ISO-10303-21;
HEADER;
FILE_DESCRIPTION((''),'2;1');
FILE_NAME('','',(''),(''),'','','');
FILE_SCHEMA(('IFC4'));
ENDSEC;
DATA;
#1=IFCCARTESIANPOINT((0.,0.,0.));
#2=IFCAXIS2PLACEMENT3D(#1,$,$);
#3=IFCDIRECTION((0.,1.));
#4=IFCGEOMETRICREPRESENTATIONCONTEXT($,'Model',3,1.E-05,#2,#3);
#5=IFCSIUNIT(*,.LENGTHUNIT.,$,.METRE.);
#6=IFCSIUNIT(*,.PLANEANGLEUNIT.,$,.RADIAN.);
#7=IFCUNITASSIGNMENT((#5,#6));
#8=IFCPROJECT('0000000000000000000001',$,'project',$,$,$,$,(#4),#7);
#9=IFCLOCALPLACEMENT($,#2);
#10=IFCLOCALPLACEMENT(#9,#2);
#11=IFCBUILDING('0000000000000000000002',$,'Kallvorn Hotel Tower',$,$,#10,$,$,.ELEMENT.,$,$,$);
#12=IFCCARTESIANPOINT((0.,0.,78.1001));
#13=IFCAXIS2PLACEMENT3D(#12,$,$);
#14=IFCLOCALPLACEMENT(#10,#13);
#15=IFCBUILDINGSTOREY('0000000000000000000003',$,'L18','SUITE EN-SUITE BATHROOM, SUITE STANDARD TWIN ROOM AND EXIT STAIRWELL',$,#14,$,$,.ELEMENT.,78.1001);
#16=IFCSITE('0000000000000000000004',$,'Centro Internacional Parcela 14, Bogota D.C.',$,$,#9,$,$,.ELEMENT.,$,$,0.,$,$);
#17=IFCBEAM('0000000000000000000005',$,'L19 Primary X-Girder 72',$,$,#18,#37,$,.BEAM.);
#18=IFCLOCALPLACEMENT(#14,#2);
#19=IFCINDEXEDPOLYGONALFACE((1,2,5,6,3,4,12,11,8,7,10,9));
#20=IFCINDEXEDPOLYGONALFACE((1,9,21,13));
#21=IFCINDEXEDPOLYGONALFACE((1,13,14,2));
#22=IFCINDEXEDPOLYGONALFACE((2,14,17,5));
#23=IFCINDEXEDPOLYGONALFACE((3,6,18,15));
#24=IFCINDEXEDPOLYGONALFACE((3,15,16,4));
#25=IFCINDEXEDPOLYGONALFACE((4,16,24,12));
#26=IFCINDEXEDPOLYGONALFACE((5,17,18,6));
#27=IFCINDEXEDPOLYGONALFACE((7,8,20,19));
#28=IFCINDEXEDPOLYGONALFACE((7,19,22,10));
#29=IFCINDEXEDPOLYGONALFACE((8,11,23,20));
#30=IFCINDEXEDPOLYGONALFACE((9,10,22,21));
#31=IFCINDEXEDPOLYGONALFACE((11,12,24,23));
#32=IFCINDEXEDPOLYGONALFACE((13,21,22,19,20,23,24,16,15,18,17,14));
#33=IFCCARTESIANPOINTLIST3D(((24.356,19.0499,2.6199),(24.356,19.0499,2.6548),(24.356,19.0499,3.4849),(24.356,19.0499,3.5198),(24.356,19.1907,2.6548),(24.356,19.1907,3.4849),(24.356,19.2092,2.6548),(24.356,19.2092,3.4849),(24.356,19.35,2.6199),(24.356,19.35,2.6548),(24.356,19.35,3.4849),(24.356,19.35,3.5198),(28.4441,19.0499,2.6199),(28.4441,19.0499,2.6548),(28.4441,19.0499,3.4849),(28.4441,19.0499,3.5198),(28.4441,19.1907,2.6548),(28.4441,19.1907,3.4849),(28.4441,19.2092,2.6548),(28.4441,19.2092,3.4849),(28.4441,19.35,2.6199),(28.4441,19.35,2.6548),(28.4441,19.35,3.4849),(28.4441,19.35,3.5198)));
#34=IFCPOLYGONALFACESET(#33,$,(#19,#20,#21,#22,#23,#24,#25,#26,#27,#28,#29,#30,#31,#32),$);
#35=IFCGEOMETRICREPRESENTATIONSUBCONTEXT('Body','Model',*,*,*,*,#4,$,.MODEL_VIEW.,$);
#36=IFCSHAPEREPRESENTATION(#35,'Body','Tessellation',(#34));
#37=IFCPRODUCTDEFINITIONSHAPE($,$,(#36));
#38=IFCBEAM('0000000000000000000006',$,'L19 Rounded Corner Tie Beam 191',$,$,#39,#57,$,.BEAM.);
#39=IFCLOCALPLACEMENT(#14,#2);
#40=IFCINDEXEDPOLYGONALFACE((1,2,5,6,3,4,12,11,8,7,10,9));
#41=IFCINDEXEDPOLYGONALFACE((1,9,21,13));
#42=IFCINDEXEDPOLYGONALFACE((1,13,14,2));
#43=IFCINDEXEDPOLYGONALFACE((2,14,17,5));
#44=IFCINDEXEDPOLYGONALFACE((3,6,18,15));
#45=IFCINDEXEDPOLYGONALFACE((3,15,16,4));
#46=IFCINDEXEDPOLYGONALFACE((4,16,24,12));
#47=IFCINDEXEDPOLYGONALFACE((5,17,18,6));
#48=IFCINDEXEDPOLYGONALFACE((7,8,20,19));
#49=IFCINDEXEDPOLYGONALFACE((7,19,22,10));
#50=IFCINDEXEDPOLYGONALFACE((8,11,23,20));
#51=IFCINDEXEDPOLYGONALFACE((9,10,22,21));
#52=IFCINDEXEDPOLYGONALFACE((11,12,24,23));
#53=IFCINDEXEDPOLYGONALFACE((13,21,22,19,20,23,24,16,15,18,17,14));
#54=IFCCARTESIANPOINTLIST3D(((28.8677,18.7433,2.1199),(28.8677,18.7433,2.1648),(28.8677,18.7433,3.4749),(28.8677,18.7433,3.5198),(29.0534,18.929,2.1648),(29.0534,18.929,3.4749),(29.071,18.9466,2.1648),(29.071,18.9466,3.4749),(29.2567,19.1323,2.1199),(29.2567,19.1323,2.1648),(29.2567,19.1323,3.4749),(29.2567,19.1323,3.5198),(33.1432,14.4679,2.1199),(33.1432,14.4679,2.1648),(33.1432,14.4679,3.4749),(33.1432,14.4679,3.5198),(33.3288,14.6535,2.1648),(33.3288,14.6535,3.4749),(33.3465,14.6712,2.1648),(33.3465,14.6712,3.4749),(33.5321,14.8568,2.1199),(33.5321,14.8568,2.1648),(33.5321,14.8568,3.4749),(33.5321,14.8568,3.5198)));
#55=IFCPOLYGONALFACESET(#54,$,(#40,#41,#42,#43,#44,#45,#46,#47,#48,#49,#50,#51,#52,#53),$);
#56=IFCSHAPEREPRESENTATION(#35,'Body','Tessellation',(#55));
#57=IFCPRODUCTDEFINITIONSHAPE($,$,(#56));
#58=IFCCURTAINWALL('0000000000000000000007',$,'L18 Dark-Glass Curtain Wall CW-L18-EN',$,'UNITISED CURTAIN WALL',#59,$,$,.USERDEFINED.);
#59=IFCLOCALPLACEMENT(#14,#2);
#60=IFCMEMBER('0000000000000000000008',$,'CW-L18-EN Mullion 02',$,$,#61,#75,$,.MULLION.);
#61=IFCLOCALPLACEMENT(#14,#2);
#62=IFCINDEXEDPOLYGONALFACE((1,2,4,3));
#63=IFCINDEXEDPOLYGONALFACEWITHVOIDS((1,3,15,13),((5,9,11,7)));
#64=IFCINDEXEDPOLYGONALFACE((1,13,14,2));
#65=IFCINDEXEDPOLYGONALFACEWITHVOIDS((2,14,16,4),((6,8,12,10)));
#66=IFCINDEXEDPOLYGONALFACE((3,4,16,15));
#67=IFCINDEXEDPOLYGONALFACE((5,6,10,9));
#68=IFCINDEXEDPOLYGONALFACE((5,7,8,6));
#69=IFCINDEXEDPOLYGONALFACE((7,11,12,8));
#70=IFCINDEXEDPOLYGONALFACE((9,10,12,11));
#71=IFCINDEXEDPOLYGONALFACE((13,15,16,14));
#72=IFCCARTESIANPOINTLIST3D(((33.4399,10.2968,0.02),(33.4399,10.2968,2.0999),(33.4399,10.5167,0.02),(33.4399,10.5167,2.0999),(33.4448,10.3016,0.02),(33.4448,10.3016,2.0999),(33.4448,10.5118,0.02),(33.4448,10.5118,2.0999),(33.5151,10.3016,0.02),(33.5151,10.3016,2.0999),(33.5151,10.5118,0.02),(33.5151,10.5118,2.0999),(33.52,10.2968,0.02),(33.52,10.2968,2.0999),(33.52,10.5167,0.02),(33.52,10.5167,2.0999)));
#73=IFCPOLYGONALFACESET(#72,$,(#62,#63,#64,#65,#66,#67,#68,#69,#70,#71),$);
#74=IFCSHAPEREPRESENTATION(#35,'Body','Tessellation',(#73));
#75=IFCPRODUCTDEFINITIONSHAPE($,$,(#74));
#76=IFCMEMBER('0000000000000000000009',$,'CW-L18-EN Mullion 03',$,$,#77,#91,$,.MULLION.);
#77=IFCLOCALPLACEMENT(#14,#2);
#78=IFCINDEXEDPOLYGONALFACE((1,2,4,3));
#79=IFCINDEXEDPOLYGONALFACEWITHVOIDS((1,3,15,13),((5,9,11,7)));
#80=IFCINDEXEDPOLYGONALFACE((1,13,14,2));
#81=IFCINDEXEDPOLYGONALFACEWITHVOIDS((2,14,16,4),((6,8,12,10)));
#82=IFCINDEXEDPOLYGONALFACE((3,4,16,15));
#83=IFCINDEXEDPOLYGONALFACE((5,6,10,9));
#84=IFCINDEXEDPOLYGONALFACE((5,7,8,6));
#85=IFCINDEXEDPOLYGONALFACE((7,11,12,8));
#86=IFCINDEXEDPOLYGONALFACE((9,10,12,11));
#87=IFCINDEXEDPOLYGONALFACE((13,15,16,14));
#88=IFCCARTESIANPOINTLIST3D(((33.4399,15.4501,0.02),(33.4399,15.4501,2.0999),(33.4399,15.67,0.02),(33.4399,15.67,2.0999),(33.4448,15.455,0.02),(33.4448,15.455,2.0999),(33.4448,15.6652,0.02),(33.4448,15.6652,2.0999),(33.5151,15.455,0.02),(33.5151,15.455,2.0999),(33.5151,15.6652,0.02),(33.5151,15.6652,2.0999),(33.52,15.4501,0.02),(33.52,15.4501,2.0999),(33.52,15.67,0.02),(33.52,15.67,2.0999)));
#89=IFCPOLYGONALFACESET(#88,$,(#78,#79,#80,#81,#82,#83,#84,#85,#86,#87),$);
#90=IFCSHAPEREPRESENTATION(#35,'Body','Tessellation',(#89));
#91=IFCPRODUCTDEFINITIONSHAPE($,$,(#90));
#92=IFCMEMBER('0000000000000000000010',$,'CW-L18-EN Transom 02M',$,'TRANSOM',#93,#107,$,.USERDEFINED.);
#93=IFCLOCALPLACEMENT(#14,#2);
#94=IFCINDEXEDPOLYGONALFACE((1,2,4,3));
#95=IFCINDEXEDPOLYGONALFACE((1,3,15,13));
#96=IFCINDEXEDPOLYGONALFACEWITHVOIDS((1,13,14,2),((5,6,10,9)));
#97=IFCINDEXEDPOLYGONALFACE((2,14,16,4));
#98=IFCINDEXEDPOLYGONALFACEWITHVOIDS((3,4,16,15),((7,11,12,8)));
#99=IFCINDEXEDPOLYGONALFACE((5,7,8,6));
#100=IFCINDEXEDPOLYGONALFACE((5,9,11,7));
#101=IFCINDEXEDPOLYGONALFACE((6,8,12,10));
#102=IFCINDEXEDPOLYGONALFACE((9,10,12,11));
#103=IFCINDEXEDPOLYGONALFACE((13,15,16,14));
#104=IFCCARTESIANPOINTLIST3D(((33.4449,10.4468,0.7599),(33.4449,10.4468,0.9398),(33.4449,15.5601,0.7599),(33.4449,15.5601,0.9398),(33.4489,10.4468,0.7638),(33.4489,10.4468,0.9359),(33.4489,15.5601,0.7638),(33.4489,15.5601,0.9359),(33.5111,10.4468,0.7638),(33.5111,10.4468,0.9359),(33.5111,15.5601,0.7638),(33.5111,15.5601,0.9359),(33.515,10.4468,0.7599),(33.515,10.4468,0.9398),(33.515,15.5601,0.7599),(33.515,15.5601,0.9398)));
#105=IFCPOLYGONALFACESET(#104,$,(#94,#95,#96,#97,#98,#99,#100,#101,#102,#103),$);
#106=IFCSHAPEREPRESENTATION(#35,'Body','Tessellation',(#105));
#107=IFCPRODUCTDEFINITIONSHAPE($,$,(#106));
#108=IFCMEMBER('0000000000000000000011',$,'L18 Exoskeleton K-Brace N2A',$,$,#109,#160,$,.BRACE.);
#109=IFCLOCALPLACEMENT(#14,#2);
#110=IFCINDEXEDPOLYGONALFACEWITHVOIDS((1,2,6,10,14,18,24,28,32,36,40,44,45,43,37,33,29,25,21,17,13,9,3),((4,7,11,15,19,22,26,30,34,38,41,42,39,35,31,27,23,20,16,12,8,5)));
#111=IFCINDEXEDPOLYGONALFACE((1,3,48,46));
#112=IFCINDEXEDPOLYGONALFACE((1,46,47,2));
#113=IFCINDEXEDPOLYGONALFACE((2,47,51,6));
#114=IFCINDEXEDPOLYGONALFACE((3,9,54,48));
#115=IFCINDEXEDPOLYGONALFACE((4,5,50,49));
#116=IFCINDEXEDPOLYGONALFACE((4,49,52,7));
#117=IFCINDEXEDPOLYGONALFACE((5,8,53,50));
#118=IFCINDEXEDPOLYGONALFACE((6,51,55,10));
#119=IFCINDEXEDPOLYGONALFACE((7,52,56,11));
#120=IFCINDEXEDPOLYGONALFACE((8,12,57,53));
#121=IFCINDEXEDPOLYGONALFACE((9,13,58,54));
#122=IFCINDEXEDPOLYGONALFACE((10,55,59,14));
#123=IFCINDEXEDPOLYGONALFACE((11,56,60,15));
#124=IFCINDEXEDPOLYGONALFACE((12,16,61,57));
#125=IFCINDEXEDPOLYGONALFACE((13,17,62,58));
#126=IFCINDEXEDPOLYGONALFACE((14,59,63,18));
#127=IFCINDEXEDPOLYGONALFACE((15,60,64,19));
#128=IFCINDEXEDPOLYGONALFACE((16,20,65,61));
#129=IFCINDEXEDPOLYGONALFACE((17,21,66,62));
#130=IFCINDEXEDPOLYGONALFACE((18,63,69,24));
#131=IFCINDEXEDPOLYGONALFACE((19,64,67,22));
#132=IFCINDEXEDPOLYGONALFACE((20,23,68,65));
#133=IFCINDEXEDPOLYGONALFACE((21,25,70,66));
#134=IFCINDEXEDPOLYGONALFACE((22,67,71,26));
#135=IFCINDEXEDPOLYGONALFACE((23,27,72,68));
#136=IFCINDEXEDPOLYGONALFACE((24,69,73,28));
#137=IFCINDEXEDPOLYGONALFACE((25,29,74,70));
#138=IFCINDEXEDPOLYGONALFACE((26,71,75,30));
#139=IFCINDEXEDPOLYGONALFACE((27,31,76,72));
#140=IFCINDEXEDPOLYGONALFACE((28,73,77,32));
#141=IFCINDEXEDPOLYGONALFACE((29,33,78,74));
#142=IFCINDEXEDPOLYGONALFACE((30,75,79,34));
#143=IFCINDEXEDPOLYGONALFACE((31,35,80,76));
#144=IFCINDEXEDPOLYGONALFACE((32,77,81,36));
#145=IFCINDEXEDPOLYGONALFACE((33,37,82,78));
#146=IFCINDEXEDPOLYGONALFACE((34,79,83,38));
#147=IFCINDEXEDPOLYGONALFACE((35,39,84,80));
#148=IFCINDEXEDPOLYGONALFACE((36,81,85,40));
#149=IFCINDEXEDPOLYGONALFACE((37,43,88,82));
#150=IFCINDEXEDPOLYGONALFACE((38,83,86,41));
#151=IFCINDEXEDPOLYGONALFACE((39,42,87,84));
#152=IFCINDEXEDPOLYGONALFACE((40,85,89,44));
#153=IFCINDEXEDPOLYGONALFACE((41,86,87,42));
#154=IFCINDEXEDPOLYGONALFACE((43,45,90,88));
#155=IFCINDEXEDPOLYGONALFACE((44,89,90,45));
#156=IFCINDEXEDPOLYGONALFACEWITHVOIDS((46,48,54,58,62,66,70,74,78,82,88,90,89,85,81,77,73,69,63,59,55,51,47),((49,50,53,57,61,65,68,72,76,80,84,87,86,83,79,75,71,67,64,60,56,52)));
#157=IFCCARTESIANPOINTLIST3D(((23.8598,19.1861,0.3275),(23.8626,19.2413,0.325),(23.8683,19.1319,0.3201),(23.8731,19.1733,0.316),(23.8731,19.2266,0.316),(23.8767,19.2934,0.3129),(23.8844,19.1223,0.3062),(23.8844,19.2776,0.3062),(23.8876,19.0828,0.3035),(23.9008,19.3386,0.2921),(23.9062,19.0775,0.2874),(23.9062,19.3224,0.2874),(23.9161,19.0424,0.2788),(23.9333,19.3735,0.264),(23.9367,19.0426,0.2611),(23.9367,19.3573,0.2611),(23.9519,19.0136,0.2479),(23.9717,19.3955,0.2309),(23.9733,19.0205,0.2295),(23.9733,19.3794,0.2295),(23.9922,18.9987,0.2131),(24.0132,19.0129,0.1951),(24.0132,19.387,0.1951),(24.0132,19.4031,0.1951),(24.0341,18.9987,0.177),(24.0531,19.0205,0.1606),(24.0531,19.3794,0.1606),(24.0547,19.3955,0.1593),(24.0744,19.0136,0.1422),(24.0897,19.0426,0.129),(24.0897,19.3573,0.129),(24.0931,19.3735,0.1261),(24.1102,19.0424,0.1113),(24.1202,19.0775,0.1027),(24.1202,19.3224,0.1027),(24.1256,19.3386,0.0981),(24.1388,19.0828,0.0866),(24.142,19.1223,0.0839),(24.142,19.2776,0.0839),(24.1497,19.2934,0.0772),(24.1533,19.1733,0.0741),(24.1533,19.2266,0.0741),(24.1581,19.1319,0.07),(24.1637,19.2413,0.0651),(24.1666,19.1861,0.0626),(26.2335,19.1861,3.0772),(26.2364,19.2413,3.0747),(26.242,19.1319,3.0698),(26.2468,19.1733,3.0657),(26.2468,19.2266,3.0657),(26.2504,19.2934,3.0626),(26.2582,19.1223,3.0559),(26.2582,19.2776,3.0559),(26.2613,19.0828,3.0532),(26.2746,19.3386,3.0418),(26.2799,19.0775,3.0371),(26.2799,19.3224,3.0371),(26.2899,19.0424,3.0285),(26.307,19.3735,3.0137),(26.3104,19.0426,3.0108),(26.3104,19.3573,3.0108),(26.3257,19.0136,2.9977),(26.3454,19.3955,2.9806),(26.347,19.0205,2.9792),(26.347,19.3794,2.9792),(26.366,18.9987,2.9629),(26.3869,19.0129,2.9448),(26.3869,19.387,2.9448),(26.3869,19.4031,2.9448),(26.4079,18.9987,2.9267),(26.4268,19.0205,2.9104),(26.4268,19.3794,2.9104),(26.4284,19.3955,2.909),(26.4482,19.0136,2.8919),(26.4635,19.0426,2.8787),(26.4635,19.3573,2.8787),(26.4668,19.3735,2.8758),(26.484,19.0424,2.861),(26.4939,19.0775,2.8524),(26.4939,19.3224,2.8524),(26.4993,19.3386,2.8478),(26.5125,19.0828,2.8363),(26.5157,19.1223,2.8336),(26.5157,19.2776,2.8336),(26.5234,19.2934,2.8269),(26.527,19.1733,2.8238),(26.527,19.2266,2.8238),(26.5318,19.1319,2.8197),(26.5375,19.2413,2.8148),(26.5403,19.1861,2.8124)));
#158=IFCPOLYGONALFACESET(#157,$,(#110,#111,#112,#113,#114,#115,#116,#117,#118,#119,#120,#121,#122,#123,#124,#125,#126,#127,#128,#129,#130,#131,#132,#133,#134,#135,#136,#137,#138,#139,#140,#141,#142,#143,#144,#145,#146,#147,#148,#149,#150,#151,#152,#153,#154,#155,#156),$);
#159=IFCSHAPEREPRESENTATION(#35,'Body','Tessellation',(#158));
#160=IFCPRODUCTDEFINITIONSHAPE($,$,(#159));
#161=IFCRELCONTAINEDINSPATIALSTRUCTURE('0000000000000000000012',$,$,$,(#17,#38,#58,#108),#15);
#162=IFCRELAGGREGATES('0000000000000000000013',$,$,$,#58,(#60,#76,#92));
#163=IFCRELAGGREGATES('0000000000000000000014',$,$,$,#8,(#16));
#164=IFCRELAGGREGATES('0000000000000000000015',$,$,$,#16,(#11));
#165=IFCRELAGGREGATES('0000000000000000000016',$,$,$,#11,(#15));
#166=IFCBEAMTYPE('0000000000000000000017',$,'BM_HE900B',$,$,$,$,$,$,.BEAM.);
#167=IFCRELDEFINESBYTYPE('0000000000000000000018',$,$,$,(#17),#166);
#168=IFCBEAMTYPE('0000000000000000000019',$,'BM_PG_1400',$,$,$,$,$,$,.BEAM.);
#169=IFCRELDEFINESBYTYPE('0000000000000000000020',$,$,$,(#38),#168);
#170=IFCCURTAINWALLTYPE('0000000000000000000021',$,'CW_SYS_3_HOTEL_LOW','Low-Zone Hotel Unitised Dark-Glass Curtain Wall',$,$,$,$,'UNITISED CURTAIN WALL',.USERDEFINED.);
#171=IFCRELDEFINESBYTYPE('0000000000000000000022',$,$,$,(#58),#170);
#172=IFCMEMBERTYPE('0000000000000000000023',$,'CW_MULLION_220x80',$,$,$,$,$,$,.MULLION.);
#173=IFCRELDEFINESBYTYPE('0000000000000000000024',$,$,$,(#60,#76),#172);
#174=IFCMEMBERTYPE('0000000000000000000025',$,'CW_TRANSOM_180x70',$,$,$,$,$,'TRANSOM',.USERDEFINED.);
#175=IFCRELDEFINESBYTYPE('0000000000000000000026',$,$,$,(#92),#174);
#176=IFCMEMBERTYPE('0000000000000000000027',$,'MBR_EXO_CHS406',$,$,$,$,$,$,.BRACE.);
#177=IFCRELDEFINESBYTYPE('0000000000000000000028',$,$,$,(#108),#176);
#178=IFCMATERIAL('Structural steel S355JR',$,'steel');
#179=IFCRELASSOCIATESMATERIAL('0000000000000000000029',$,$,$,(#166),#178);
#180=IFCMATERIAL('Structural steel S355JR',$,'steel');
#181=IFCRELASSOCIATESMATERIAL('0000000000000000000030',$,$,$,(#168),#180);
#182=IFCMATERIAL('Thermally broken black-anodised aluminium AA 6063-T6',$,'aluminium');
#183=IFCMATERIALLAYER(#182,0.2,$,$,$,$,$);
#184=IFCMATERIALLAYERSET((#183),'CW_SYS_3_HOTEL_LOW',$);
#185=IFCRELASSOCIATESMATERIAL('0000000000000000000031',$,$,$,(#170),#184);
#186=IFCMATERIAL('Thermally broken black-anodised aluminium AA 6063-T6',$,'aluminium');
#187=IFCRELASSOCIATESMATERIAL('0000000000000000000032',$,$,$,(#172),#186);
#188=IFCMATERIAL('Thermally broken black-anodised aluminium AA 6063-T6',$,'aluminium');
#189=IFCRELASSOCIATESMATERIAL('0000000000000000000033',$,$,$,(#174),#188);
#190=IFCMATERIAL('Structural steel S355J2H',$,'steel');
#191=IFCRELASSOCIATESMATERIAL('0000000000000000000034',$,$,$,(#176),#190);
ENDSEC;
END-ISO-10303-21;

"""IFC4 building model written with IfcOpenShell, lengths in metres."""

from ifc_helpers import new_model, si_unit, direction, frame, origin, origin_2d, place, context, subcontext, project, spatial, hollow_rectangle, hollow_circle, i_section, extrude, material, layer, layer_set, material_profile, profile_set, type_object, element, aggregate, save


model = new_model("IFC4")

# Units and contexts
model_context = context("Model", 3, precision=1e-05, world=origin(), true_north=direction((0.0, 1.0)))
body_context = subcontext(model_context, "Body", "Model", "MODEL_VIEW")
ifc_project = project(units=[si_unit("LENGTHUNIT", "METRE"), si_unit("PLANEANGLEUNIT", "RADIAN")], contexts=[model_context])

# Site, building, storey
site_placement = place(None, origin())
site = spatial("IfcSite", under=ifc_project, at=site_placement, Name="Centro Internacional Parcela 14, Bogota D.C.", CompositionType="ELEMENT", RefElevation=0.0)
building_placement = place(site_placement, origin())
building = spatial("IfcBuilding", under=site, at=building_placement, Name="Kallvorn Hotel Tower", CompositionType="ELEMENT")
storey_placement = place(building_placement, frame((0.0, 0.0, 78.1001)))
storey = spatial("IfcBuildingStorey", under=building, at=storey_placement, Name="L18", Description="SUITE EN-SUITE BATHROOM, SUITE STANDARD TWIN ROOM AND EXIT STAIRWELL", CompositionType="ELEMENT", Elevation=78.1001)

# Beams
ifc_material_1 = material(Name="Structural steel S355JR", Category="steel")
ifc_material_profile_1 = material_profile(ifc_material_1, i_section(OverallWidth=0.3, OverallDepth=0.8999, WebThickness=0.0186, FlangeThickness=0.0349, at=origin_2d()), Name="HE 900 B")
ifc_profile_set_1 = profile_set([ifc_material_profile_1], Name="Structural steel S355JR")
beam_type_1 = type_object("IfcBeamType", Name="BM_HE900B", PredefinedType="BEAM", material=ifc_profile_set_1)
for number, where, z_axis, x_axis, name in (
    (1, (24.356, 19.2, 3.0698), (1.0, 0.0, 0.0), (0.0, 1.0, 0.0), "L19 Primary X-Girder 72"),
):
    element("IfcBeam", number, at=place(storey_placement, frame(where, z_axis=z_axis, x_axis=x_axis)), inside=storey, type_object=beam_type_1, Name=name, PredefinedType="BEAM", context=body_context, shape_type="SweptSolid", body=[
        extrude(i_section(OverallWidth=0.3, OverallDepth=0.8999, WebThickness=0.0186, FlangeThickness=0.0349, at=origin_2d()), origin(), (0.0, 0.0, 1.0), 4.0881),
    ])
ifc_material_2 = material(Name="Structural steel S355JR", Category="steel")
ifc_material_profile_2 = material_profile(ifc_material_2, i_section(OverallWidth=0.55, OverallDepth=1.3999, WebThickness=0.0249, FlangeThickness=0.0449, at=origin_2d()), Name="PG 1400x550x25x45")
ifc_profile_set_2 = profile_set([ifc_material_profile_2], Name="Structural steel S355JR")
beam_type_2 = type_object("IfcBeamType", Name="BM_PG_1400", PredefinedType="BEAM", material=ifc_profile_set_2)
beam_1_placement = place(storey_placement, frame((33.3376, 14.6624, 2.8198), z_axis=(-0.707107, 0.707107, 0.0), x_axis=(-0.707107, -0.707107, 0.0)))
element("IfcBeam", 2, at=beam_1_placement, inside=storey, type_object=beam_type_2, Name="L19 Rounded Corner Tie Beam 191", PredefinedType="BEAM", context=body_context, shape_type="SweptSolid", body=[
    extrude(i_section(OverallWidth=0.55, OverallDepth=1.3999, WebThickness=0.0249, FlangeThickness=0.0449, at=origin_2d()), origin(), (0.0, 0.0, 1.0), 6.0464),
])

# Curtain wall, members
ifc_material_3 = material(Name="Thermally broken black-anodised aluminium AA 6063-T6", Category="aluminium")
ifc_layer_1 = layer(ifc_material_3, 0.2)
ifc_layer_set_1 = layer_set([ifc_layer_1], Name="CW_SYS_3_HOTEL_LOW")
curtain_wall_type = type_object("IfcCurtainWallType", Name="CW_SYS_3_HOTEL_LOW", Description="Low-Zone Hotel Unitised Dark-Glass Curtain Wall", ElementType="UNITISED CURTAIN WALL", PredefinedType="USERDEFINED", material=ifc_layer_set_1)
curtain_wall_placement = place(storey_placement, origin())
curtain_wall = element("IfcCurtainWall", 3, at=curtain_wall_placement, inside=storey, type_object=curtain_wall_type, Name="L18 Dark-Glass Curtain Wall CW-L18-EN", ObjectType="UNITISED CURTAIN WALL", PredefinedType="USERDEFINED")
ifc_material_4 = material(Name="Thermally broken black-anodised aluminium AA 6063-T6", Category="aluminium")
ifc_material_profile_3 = material_profile(ifc_material_4, hollow_rectangle(XDim=0.0801, YDim=0.22, WallThickness=0.0049, at=origin_2d()), Name="MUL 220x80")
ifc_profile_set_3 = profile_set([ifc_material_profile_3], Name="Thermally broken black-anodised aluminium AA 6063-T6")
member_type_1 = type_object("IfcMemberType", Name="CW_MULLION_220x80", PredefinedType="MULLION", material=ifc_profile_set_3)
member_1_placement = place(storey_placement, frame((33.48, 10.4067, 0.02), z_axis=(0.0, 0.0, 1.0), x_axis=(1.0, 0.0, 0.0)))
member_1 = element("IfcMember", 4, at=member_1_placement, type_object=member_type_1, Name="CW-L18-EN Mullion 02", PredefinedType="MULLION", context=body_context, shape_type="SweptSolid", body=[
    extrude(hollow_rectangle(XDim=0.0801, YDim=0.22, WallThickness=0.0049, at=origin_2d()), origin(), (0.0, 0.0, 1.0), 2.0798),
])
member_2_placement = place(storey_placement, frame((33.48, 15.5601, 0.02), z_axis=(0.0, 0.0, 1.0), x_axis=(1.0, 0.0, 0.0)))
member_2 = element("IfcMember", 5, at=member_2_placement, type_object=member_type_1, Name="CW-L18-EN Mullion 03", PredefinedType="MULLION", context=body_context, shape_type="SweptSolid", body=[
    extrude(hollow_rectangle(XDim=0.0801, YDim=0.22, WallThickness=0.0049, at=origin_2d()), origin(), (0.0, 0.0, 1.0), 2.0798),
])
ifc_material_5 = material(Name="Thermally broken black-anodised aluminium AA 6063-T6", Category="aluminium")
ifc_material_profile_4 = material_profile(ifc_material_5, hollow_rectangle(XDim=0.0701, YDim=0.1799, WallThickness=0.0039, at=origin_2d()), Name="TRN 180x70")
ifc_profile_set_4 = profile_set([ifc_material_profile_4], Name="Thermally broken black-anodised aluminium AA 6063-T6")
member_type_2 = type_object("IfcMemberType", Name="CW_TRANSOM_180x70", ElementType="TRANSOM", PredefinedType="USERDEFINED", material=ifc_profile_set_4)
member_3_placement = place(storey_placement, frame((33.48, 10.4468, 0.8499), z_axis=(0.0, 1.0, 0.0), x_axis=(-1.0, 0.0, 0.0)))
member_3 = element("IfcMember", 6, at=member_3_placement, type_object=member_type_2, Name="CW-L18-EN Transom 02M", ObjectType="TRANSOM", PredefinedType="USERDEFINED", context=body_context, shape_type="SweptSolid", body=[
    extrude(hollow_rectangle(XDim=0.0701, YDim=0.1799, WallThickness=0.0039, at=origin_2d()), origin(), (0.0, 0.0, 1.0), 5.1133),
])

# Member
ifc_material_6 = material(Name="Structural steel S355J2H", Category="steel")
ifc_material_profile_5 = material_profile(ifc_material_6, hollow_circle(Radius=0.2031, WallThickness=0.0161, at=origin_2d()), Name="CHS 406.4x16")
ifc_profile_set_5 = profile_set([ifc_material_profile_5], Name="Structural steel S355J2H")
member_type_3 = type_object("IfcMemberType", Name="MBR_EXO_CHS406", PredefinedType="BRACE", material=ifc_profile_set_5)
for number, where, z_axis, x_axis, name in (
    (7, (24.0132, 19.2, 0.1951), (0.653461, 0.0, 0.756961), (0.0, 1.0, 0.0), "L18 Exoskeleton K-Brace N2A"),
):
    element("IfcMember", number, at=place(storey_placement, frame(where, z_axis=z_axis, x_axis=x_axis)), inside=storey, type_object=member_type_3, Name=name, PredefinedType="BRACE", context=body_context, shape_type="SweptSolid", body=[
        extrude(hollow_circle(Radius=0.2031, WallThickness=0.0161, at=origin_2d()), origin(), (0.0, 0.0, 1.0), 3.6326),
    ])

aggregate(curtain_wall, [member_1, member_2, member_3])

save(model, "model.ifc")
